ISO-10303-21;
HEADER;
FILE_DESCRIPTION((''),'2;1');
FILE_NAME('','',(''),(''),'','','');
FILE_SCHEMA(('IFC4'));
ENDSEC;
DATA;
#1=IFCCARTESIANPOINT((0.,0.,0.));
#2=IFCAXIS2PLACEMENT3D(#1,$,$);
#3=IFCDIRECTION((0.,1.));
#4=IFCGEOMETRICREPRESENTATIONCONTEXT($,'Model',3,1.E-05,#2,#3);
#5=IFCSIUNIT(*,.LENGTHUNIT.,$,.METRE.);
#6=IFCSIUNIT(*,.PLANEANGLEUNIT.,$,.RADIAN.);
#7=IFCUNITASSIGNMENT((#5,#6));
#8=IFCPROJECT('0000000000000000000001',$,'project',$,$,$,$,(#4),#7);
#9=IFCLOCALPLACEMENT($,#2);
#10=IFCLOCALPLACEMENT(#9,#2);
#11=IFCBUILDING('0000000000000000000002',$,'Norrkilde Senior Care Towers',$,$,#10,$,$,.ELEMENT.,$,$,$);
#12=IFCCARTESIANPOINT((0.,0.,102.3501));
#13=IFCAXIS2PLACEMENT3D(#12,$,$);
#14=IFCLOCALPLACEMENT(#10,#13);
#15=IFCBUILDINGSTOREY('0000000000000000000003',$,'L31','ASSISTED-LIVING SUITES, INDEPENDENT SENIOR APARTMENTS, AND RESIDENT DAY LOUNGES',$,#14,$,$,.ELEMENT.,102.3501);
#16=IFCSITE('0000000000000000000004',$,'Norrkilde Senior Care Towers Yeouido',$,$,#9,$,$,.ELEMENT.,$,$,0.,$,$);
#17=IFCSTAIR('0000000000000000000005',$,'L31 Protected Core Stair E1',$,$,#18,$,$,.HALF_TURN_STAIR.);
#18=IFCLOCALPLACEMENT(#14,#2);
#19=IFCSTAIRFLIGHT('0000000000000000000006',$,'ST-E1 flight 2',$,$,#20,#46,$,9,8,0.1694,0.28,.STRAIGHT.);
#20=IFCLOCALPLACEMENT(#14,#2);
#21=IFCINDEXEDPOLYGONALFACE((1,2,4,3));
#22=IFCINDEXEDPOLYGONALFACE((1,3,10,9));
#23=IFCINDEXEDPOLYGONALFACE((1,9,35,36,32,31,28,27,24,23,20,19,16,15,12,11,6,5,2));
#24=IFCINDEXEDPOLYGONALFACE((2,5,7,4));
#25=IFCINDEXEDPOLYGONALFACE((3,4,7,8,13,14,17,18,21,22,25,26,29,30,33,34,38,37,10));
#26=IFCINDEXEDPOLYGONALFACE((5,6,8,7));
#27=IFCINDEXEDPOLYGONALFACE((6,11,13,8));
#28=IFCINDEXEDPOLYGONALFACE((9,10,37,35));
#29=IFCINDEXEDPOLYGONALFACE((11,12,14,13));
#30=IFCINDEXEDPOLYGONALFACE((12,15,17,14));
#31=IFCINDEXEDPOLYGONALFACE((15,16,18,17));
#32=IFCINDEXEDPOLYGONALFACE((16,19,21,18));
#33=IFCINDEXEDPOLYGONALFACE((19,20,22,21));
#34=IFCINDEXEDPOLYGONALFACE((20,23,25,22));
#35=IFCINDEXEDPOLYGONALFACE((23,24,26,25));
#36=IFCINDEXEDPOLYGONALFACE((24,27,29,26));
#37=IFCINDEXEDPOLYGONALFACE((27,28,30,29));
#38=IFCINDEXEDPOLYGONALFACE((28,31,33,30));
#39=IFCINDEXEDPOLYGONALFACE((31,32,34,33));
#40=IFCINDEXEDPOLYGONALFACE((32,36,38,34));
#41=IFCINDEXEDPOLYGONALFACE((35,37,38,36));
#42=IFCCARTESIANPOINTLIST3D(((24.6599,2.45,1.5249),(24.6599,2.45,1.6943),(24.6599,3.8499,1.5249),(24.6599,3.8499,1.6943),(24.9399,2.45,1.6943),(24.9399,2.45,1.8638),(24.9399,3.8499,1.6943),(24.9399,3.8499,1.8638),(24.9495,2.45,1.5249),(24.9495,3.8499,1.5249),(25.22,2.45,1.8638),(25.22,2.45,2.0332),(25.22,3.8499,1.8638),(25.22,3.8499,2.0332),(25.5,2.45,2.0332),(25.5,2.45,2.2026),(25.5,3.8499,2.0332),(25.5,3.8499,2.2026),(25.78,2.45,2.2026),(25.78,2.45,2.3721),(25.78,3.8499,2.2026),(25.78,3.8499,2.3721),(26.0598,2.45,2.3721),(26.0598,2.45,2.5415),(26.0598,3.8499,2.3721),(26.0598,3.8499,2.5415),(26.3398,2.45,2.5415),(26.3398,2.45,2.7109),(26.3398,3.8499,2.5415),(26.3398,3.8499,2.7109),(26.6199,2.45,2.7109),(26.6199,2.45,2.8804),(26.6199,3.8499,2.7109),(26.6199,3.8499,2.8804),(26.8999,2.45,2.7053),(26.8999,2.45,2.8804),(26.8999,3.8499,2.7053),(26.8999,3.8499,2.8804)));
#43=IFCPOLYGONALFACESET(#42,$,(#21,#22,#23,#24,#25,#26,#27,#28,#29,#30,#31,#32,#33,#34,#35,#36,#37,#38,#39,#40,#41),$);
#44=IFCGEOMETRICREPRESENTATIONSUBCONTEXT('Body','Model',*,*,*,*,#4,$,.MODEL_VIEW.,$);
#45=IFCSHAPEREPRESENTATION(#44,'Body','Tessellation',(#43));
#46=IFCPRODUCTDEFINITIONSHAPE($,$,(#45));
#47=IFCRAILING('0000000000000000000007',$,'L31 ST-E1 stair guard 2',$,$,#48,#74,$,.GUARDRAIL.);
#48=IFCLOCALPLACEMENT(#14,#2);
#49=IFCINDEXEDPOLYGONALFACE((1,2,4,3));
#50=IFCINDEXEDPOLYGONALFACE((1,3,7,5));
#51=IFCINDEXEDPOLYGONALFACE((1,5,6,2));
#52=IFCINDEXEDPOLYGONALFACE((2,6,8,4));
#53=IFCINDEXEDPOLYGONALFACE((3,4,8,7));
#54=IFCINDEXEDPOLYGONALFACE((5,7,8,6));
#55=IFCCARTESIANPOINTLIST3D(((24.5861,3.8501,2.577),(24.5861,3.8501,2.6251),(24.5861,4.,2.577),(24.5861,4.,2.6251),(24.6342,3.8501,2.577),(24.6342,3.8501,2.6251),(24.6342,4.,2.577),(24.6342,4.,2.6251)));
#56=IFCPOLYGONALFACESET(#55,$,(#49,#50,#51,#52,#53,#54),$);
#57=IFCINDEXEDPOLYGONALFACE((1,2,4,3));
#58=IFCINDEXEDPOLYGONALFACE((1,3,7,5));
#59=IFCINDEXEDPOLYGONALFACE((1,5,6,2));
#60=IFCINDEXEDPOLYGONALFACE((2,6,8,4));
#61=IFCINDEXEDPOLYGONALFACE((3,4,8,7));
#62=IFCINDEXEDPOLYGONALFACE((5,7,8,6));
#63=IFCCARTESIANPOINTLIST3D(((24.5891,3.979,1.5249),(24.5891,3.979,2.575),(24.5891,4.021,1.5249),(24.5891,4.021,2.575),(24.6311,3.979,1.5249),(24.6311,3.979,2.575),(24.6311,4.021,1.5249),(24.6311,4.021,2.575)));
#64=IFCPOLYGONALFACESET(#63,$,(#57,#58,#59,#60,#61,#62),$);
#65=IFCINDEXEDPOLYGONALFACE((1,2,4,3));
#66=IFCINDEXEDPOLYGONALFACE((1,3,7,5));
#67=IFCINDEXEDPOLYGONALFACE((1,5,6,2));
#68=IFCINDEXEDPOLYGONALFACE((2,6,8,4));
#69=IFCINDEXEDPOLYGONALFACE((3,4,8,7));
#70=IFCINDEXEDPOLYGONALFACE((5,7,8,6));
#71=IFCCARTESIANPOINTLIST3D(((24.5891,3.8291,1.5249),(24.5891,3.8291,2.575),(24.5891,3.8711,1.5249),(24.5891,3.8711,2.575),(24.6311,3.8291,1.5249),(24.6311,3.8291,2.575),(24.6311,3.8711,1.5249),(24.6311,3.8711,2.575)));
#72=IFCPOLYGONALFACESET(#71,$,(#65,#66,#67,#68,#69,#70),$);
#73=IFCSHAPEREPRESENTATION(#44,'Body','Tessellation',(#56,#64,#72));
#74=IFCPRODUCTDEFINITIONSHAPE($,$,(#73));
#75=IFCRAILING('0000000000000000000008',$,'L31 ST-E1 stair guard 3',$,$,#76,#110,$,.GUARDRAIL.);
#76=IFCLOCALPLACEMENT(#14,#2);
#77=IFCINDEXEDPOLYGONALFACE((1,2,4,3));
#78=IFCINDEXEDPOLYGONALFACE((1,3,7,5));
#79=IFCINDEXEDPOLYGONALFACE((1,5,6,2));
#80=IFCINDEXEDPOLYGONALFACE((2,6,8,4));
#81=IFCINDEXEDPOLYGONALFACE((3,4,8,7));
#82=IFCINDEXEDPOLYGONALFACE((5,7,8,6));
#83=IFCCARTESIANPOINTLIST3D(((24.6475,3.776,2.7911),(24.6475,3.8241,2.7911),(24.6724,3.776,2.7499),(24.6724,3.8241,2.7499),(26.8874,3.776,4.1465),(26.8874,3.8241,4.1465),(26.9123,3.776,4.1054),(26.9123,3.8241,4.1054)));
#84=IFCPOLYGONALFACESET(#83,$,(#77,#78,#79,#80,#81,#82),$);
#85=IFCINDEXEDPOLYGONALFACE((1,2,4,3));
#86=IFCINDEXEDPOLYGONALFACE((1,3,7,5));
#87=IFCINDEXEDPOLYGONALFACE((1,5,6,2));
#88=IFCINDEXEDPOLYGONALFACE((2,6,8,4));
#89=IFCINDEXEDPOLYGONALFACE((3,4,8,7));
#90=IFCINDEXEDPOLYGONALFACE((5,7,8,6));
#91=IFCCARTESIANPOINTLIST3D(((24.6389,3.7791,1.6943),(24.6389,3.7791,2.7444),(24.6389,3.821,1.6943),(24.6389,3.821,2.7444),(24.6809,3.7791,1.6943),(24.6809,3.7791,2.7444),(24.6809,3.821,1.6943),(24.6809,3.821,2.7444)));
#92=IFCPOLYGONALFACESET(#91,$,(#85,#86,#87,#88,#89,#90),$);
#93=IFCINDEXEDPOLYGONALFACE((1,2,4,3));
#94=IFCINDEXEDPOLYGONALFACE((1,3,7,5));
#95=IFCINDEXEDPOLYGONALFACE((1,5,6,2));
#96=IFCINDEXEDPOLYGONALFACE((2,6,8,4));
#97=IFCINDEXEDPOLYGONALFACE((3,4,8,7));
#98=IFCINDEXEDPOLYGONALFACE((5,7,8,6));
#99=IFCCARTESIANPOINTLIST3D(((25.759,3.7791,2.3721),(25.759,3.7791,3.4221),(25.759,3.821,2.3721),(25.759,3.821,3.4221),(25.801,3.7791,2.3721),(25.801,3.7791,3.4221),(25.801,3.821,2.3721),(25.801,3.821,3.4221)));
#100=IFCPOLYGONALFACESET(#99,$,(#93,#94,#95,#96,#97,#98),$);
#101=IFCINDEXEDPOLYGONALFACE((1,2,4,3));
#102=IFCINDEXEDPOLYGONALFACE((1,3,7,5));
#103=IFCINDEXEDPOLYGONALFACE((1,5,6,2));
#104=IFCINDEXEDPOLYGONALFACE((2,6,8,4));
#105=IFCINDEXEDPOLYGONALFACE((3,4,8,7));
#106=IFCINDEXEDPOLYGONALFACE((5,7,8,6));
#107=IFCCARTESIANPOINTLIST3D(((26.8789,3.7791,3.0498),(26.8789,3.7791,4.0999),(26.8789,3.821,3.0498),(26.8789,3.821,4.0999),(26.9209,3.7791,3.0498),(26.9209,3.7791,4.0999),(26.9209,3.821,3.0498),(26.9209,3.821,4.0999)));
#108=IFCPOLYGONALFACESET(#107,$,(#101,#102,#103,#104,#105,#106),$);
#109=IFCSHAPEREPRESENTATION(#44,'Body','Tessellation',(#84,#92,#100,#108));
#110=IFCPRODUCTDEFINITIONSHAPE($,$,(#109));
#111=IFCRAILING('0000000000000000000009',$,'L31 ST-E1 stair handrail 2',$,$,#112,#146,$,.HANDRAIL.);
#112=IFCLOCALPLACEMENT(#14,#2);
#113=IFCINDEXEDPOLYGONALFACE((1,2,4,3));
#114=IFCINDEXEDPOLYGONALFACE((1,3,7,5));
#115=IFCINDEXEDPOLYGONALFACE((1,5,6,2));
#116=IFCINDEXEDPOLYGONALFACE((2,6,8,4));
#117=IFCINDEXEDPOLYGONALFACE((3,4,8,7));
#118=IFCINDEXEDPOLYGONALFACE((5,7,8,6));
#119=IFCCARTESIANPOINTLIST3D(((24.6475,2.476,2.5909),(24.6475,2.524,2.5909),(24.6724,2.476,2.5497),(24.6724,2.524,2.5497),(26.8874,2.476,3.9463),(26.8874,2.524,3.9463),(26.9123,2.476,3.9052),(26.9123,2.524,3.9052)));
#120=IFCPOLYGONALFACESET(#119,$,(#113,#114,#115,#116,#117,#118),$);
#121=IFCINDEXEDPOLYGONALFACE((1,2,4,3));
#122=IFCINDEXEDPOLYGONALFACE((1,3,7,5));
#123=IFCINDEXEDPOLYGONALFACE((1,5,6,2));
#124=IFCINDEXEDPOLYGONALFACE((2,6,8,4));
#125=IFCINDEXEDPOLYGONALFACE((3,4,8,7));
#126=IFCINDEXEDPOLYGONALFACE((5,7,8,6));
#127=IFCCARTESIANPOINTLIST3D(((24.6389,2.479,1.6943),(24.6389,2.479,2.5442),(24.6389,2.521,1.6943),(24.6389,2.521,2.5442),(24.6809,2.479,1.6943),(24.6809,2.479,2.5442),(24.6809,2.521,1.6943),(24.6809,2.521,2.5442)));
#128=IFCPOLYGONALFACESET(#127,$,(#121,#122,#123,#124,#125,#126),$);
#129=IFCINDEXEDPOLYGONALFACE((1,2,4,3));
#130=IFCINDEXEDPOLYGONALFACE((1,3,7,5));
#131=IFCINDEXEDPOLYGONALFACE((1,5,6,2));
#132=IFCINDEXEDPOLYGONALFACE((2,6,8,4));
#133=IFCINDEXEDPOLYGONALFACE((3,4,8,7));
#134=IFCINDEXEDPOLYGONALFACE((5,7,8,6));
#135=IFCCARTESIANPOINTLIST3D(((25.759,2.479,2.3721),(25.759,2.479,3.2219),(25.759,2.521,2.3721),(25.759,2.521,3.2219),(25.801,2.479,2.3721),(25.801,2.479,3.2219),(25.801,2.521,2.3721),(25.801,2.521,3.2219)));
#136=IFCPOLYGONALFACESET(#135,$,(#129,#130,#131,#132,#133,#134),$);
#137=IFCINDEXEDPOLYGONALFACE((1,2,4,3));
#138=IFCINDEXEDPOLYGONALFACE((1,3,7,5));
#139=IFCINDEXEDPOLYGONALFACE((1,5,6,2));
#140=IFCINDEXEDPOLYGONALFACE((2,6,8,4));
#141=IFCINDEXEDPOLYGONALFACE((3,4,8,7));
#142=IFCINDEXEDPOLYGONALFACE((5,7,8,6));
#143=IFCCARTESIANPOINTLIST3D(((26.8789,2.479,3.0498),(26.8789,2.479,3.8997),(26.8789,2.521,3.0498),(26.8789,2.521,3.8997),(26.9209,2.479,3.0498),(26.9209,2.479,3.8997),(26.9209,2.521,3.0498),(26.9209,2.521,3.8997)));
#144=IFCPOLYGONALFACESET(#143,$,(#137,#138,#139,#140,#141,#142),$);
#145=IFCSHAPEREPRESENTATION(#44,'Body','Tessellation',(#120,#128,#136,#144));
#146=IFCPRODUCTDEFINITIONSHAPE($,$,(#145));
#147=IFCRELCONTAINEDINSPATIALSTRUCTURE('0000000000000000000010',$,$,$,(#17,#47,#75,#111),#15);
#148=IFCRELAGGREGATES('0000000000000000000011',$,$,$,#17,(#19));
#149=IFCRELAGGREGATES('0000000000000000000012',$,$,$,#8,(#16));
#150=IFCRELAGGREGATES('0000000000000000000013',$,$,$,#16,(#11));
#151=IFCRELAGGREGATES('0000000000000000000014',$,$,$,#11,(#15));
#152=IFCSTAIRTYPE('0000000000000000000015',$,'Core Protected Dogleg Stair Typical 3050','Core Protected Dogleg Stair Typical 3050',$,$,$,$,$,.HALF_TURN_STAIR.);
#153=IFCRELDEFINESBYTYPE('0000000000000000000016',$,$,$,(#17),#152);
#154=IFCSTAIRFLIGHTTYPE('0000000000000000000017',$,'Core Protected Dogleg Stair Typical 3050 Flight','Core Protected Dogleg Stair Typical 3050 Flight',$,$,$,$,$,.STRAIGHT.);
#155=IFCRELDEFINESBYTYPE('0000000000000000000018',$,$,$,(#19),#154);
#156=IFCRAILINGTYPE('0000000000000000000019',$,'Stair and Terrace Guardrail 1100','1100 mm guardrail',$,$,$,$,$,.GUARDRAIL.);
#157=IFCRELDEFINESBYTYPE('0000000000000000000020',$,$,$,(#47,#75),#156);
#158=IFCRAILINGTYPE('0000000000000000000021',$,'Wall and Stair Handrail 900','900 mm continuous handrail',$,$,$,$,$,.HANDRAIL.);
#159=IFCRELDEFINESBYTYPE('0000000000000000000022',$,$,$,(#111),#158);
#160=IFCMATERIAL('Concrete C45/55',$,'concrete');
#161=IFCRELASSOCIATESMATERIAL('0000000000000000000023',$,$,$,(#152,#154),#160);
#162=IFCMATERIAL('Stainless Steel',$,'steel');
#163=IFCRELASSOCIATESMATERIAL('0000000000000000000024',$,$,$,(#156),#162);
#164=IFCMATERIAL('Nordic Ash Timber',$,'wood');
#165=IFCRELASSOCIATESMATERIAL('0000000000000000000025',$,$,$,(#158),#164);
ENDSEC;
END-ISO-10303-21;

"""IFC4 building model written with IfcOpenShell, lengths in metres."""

from ifc_helpers import new_model, si_unit, direction, frame, origin, origin_2d, place, context, subcontext, project, spatial, polyline, rectangle, outline, extrude, material, type_object, element, aggregate, save


model = new_model("IFC4")

# Units and contexts
model_context = context("Model", 3, precision=1e-05, world=origin(), true_north=direction((0.0, 1.0)))
body_context = subcontext(model_context, "Body", "Model", "MODEL_VIEW")
ifc_project = project(units=[si_unit("LENGTHUNIT", "METRE"), si_unit("PLANEANGLEUNIT", "RADIAN")], contexts=[model_context])

# Site, building, storey
site_placement = place(None, origin())
site = spatial("IfcSite", under=ifc_project, at=site_placement, Name="Norrkilde Senior Care Towers Yeouido", CompositionType="ELEMENT", RefElevation=0.0)
building_placement = place(site_placement, origin())
building = spatial("IfcBuilding", under=site, at=building_placement, Name="Norrkilde Senior Care Towers", CompositionType="ELEMENT")
storey_placement = place(building_placement, frame((0.0, 0.0, 102.3501)))
storey = spatial("IfcBuildingStorey", under=building, at=storey_placement, Name="L31", Description="ASSISTED-LIVING SUITES, INDEPENDENT SENIOR APARTMENTS, AND RESIDENT DAY LOUNGES", CompositionType="ELEMENT", Elevation=102.3501)

# Shared definitions
ifc_material_1 = material(Name="Nordic Ash Timber", Category="wood")

# Shared definitions
ifc_material_2 = material(Name="Concrete C45/55", Category="concrete")

# Stair, stair flight
stair_type = type_object("IfcStairType", Name="Core Protected Dogleg Stair Typical 3050", Description="Core Protected Dogleg Stair Typical 3050", PredefinedType="HALF_TURN_STAIR", material=ifc_material_2)
stair_placement = place(storey_placement, origin())
stair = element("IfcStair", 1, at=stair_placement, inside=storey, type_object=stair_type, Name="L31 Protected Core Stair E1", PredefinedType="HALF_TURN_STAIR")
stair_flight_type = type_object("IfcStairFlightType", Name="Core Protected Dogleg Stair Typical 3050 Flight", Description="Core Protected Dogleg Stair Typical 3050 Flight", PredefinedType="STRAIGHT", material=ifc_material_2)
stair_flight_placement = place(storey_placement, frame((24.6599, 3.1499, 1.5249), z_axis=(0.0, 0.0, 1.0), x_axis=(1.0, 0.0, 0.0)))
stair_flight = element("IfcStairFlight", 2, at=stair_flight_placement, type_object=stair_flight_type, Name="ST-E1 flight 2", NumberOfRisers=9, NumberOfTreads=8, PredefinedType="STRAIGHT", RiserHeight=0.1694, TreadLength=0.28, context=body_context, shape_type="SweptSolid", body=[
    extrude(outline(polyline([(0.0, 0.0), (0.0, 0.1694), (0.28, 0.1694), (0.28, 0.3389), (0.5601, 0.3389), (0.5601, 0.5083), (0.8401, 0.5083), (0.8401, 0.6777), (1.1201, 0.6777), (1.1201, 0.8472), (1.3999, 0.8472), (1.3999, 1.0166), (1.6799, 1.0166), (1.6799, 1.186), (1.96, 1.186), (1.96, 1.3555), (2.24, 1.3555), (2.24, 1.5249), (2.24, 1.1804), (0.2896, 0.0), (0.0, 0.0)])), frame((0.0, 0.7, 0.0), z_axis=(0.0, -1.0, 0.0), x_axis=(1.0, 0.0, 0.0)), (0.0, 0.0, 1.0), 1.3999),
])
aggregate(stair, [stair_flight])

# Railings
ifc_material_3 = material(Name="Stainless Steel", Category="steel")
railing_type_1 = type_object("IfcRailingType", Name="Stair and Terrace Guardrail 1100", Description="1100 mm guardrail", PredefinedType="GUARDRAIL", material=ifc_material_3)
railing_1_placement = place(storey_placement, frame((24.6101, 4.0, 1.5249)))
element("IfcRailing", 3, at=railing_1_placement, inside=storey, type_object=railing_type_1, Name="L31 ST-E1 stair guard 2", PredefinedType="GUARDRAIL", context=body_context, shape_type="SweptSolid", body=[
    extrude(rectangle(XDim=0.0481, YDim=0.0481, at=origin_2d()), frame((0.0, 0.0, 1.0762), z_axis=(0.0, -1.0, 0.0), x_axis=(1.0, 0.0, 0.0)), (0.0, 0.0, 1.0), 0.1499),
    extrude(rectangle(XDim=0.042, YDim=0.042, at=origin_2d()), origin(), (0.0, 0.0, 1.0), 1.05),
    extrude(rectangle(XDim=0.042, YDim=0.042, at=origin_2d()), frame((0.0, -0.1499, 0.0)), (0.0, 0.0, 1.0), 1.05),
])
railing_2_placement = place(storey_placement, frame((24.6599, 3.8, 1.6943)))
element("IfcRailing", 4, at=railing_2_placement, inside=storey, type_object=railing_type_1, Name="L31 ST-E1 stair guard 3", PredefinedType="GUARDRAIL", context=body_context, shape_type="SweptSolid", body=[
    extrude(rectangle(XDim=0.0481, YDim=0.0481, at=origin_2d()), frame((0.0, 0.0, 1.0762), z_axis=(0.855553, 0.0, 0.517715), x_axis=(0.0, 1.0, 0.0)), (0.0, 0.0, 1.0), 2.6182),
    extrude(rectangle(XDim=0.042, YDim=0.042, at=origin_2d()), origin(), (0.0, 0.0, 1.0), 1.05),
    extrude(rectangle(XDim=0.042, YDim=0.042, at=origin_2d()), frame((1.1201, 0.0, 0.6777)), (0.0, 0.0, 1.0), 1.05),
    extrude(rectangle(XDim=0.042, YDim=0.042, at=origin_2d()), frame((2.24, 0.0, 1.3555)), (0.0, 0.0, 1.0), 1.05),
])
railing_type_2 = type_object("IfcRailingType", Name="Wall and Stair Handrail 900", Description="900 mm continuous handrail", PredefinedType="HANDRAIL", material=ifc_material_1)
railing_3_placement = place(storey_placement, frame((24.6599, 2.5, 1.6943)))
element("IfcRailing", 5, at=railing_3_placement, inside=storey, type_object=railing_type_2, Name="L31 ST-E1 stair handrail 2", PredefinedType="HANDRAIL", context=body_context, shape_type="SweptSolid", body=[
    extrude(rectangle(XDim=0.0481, YDim=0.0481, at=origin_2d()), frame((0.0, 0.0, 0.876), z_axis=(0.855553, 0.0, 0.517715), x_axis=(0.0, 1.0, 0.0)), (0.0, 0.0, 1.0), 2.6182),
    extrude(rectangle(XDim=0.042, YDim=0.042, at=origin_2d()), origin(), (0.0, 0.0, 1.0), 0.8499),
    extrude(rectangle(XDim=0.042, YDim=0.042, at=origin_2d()), frame((1.1201, 0.0, 0.6777)), (0.0, 0.0, 1.0), 0.8499),
    extrude(rectangle(XDim=0.042, YDim=0.042, at=origin_2d()), frame((2.24, 0.0, 1.3555)), (0.0, 0.0, 1.0), 0.8499),
])

save(model, "model.ifc")
